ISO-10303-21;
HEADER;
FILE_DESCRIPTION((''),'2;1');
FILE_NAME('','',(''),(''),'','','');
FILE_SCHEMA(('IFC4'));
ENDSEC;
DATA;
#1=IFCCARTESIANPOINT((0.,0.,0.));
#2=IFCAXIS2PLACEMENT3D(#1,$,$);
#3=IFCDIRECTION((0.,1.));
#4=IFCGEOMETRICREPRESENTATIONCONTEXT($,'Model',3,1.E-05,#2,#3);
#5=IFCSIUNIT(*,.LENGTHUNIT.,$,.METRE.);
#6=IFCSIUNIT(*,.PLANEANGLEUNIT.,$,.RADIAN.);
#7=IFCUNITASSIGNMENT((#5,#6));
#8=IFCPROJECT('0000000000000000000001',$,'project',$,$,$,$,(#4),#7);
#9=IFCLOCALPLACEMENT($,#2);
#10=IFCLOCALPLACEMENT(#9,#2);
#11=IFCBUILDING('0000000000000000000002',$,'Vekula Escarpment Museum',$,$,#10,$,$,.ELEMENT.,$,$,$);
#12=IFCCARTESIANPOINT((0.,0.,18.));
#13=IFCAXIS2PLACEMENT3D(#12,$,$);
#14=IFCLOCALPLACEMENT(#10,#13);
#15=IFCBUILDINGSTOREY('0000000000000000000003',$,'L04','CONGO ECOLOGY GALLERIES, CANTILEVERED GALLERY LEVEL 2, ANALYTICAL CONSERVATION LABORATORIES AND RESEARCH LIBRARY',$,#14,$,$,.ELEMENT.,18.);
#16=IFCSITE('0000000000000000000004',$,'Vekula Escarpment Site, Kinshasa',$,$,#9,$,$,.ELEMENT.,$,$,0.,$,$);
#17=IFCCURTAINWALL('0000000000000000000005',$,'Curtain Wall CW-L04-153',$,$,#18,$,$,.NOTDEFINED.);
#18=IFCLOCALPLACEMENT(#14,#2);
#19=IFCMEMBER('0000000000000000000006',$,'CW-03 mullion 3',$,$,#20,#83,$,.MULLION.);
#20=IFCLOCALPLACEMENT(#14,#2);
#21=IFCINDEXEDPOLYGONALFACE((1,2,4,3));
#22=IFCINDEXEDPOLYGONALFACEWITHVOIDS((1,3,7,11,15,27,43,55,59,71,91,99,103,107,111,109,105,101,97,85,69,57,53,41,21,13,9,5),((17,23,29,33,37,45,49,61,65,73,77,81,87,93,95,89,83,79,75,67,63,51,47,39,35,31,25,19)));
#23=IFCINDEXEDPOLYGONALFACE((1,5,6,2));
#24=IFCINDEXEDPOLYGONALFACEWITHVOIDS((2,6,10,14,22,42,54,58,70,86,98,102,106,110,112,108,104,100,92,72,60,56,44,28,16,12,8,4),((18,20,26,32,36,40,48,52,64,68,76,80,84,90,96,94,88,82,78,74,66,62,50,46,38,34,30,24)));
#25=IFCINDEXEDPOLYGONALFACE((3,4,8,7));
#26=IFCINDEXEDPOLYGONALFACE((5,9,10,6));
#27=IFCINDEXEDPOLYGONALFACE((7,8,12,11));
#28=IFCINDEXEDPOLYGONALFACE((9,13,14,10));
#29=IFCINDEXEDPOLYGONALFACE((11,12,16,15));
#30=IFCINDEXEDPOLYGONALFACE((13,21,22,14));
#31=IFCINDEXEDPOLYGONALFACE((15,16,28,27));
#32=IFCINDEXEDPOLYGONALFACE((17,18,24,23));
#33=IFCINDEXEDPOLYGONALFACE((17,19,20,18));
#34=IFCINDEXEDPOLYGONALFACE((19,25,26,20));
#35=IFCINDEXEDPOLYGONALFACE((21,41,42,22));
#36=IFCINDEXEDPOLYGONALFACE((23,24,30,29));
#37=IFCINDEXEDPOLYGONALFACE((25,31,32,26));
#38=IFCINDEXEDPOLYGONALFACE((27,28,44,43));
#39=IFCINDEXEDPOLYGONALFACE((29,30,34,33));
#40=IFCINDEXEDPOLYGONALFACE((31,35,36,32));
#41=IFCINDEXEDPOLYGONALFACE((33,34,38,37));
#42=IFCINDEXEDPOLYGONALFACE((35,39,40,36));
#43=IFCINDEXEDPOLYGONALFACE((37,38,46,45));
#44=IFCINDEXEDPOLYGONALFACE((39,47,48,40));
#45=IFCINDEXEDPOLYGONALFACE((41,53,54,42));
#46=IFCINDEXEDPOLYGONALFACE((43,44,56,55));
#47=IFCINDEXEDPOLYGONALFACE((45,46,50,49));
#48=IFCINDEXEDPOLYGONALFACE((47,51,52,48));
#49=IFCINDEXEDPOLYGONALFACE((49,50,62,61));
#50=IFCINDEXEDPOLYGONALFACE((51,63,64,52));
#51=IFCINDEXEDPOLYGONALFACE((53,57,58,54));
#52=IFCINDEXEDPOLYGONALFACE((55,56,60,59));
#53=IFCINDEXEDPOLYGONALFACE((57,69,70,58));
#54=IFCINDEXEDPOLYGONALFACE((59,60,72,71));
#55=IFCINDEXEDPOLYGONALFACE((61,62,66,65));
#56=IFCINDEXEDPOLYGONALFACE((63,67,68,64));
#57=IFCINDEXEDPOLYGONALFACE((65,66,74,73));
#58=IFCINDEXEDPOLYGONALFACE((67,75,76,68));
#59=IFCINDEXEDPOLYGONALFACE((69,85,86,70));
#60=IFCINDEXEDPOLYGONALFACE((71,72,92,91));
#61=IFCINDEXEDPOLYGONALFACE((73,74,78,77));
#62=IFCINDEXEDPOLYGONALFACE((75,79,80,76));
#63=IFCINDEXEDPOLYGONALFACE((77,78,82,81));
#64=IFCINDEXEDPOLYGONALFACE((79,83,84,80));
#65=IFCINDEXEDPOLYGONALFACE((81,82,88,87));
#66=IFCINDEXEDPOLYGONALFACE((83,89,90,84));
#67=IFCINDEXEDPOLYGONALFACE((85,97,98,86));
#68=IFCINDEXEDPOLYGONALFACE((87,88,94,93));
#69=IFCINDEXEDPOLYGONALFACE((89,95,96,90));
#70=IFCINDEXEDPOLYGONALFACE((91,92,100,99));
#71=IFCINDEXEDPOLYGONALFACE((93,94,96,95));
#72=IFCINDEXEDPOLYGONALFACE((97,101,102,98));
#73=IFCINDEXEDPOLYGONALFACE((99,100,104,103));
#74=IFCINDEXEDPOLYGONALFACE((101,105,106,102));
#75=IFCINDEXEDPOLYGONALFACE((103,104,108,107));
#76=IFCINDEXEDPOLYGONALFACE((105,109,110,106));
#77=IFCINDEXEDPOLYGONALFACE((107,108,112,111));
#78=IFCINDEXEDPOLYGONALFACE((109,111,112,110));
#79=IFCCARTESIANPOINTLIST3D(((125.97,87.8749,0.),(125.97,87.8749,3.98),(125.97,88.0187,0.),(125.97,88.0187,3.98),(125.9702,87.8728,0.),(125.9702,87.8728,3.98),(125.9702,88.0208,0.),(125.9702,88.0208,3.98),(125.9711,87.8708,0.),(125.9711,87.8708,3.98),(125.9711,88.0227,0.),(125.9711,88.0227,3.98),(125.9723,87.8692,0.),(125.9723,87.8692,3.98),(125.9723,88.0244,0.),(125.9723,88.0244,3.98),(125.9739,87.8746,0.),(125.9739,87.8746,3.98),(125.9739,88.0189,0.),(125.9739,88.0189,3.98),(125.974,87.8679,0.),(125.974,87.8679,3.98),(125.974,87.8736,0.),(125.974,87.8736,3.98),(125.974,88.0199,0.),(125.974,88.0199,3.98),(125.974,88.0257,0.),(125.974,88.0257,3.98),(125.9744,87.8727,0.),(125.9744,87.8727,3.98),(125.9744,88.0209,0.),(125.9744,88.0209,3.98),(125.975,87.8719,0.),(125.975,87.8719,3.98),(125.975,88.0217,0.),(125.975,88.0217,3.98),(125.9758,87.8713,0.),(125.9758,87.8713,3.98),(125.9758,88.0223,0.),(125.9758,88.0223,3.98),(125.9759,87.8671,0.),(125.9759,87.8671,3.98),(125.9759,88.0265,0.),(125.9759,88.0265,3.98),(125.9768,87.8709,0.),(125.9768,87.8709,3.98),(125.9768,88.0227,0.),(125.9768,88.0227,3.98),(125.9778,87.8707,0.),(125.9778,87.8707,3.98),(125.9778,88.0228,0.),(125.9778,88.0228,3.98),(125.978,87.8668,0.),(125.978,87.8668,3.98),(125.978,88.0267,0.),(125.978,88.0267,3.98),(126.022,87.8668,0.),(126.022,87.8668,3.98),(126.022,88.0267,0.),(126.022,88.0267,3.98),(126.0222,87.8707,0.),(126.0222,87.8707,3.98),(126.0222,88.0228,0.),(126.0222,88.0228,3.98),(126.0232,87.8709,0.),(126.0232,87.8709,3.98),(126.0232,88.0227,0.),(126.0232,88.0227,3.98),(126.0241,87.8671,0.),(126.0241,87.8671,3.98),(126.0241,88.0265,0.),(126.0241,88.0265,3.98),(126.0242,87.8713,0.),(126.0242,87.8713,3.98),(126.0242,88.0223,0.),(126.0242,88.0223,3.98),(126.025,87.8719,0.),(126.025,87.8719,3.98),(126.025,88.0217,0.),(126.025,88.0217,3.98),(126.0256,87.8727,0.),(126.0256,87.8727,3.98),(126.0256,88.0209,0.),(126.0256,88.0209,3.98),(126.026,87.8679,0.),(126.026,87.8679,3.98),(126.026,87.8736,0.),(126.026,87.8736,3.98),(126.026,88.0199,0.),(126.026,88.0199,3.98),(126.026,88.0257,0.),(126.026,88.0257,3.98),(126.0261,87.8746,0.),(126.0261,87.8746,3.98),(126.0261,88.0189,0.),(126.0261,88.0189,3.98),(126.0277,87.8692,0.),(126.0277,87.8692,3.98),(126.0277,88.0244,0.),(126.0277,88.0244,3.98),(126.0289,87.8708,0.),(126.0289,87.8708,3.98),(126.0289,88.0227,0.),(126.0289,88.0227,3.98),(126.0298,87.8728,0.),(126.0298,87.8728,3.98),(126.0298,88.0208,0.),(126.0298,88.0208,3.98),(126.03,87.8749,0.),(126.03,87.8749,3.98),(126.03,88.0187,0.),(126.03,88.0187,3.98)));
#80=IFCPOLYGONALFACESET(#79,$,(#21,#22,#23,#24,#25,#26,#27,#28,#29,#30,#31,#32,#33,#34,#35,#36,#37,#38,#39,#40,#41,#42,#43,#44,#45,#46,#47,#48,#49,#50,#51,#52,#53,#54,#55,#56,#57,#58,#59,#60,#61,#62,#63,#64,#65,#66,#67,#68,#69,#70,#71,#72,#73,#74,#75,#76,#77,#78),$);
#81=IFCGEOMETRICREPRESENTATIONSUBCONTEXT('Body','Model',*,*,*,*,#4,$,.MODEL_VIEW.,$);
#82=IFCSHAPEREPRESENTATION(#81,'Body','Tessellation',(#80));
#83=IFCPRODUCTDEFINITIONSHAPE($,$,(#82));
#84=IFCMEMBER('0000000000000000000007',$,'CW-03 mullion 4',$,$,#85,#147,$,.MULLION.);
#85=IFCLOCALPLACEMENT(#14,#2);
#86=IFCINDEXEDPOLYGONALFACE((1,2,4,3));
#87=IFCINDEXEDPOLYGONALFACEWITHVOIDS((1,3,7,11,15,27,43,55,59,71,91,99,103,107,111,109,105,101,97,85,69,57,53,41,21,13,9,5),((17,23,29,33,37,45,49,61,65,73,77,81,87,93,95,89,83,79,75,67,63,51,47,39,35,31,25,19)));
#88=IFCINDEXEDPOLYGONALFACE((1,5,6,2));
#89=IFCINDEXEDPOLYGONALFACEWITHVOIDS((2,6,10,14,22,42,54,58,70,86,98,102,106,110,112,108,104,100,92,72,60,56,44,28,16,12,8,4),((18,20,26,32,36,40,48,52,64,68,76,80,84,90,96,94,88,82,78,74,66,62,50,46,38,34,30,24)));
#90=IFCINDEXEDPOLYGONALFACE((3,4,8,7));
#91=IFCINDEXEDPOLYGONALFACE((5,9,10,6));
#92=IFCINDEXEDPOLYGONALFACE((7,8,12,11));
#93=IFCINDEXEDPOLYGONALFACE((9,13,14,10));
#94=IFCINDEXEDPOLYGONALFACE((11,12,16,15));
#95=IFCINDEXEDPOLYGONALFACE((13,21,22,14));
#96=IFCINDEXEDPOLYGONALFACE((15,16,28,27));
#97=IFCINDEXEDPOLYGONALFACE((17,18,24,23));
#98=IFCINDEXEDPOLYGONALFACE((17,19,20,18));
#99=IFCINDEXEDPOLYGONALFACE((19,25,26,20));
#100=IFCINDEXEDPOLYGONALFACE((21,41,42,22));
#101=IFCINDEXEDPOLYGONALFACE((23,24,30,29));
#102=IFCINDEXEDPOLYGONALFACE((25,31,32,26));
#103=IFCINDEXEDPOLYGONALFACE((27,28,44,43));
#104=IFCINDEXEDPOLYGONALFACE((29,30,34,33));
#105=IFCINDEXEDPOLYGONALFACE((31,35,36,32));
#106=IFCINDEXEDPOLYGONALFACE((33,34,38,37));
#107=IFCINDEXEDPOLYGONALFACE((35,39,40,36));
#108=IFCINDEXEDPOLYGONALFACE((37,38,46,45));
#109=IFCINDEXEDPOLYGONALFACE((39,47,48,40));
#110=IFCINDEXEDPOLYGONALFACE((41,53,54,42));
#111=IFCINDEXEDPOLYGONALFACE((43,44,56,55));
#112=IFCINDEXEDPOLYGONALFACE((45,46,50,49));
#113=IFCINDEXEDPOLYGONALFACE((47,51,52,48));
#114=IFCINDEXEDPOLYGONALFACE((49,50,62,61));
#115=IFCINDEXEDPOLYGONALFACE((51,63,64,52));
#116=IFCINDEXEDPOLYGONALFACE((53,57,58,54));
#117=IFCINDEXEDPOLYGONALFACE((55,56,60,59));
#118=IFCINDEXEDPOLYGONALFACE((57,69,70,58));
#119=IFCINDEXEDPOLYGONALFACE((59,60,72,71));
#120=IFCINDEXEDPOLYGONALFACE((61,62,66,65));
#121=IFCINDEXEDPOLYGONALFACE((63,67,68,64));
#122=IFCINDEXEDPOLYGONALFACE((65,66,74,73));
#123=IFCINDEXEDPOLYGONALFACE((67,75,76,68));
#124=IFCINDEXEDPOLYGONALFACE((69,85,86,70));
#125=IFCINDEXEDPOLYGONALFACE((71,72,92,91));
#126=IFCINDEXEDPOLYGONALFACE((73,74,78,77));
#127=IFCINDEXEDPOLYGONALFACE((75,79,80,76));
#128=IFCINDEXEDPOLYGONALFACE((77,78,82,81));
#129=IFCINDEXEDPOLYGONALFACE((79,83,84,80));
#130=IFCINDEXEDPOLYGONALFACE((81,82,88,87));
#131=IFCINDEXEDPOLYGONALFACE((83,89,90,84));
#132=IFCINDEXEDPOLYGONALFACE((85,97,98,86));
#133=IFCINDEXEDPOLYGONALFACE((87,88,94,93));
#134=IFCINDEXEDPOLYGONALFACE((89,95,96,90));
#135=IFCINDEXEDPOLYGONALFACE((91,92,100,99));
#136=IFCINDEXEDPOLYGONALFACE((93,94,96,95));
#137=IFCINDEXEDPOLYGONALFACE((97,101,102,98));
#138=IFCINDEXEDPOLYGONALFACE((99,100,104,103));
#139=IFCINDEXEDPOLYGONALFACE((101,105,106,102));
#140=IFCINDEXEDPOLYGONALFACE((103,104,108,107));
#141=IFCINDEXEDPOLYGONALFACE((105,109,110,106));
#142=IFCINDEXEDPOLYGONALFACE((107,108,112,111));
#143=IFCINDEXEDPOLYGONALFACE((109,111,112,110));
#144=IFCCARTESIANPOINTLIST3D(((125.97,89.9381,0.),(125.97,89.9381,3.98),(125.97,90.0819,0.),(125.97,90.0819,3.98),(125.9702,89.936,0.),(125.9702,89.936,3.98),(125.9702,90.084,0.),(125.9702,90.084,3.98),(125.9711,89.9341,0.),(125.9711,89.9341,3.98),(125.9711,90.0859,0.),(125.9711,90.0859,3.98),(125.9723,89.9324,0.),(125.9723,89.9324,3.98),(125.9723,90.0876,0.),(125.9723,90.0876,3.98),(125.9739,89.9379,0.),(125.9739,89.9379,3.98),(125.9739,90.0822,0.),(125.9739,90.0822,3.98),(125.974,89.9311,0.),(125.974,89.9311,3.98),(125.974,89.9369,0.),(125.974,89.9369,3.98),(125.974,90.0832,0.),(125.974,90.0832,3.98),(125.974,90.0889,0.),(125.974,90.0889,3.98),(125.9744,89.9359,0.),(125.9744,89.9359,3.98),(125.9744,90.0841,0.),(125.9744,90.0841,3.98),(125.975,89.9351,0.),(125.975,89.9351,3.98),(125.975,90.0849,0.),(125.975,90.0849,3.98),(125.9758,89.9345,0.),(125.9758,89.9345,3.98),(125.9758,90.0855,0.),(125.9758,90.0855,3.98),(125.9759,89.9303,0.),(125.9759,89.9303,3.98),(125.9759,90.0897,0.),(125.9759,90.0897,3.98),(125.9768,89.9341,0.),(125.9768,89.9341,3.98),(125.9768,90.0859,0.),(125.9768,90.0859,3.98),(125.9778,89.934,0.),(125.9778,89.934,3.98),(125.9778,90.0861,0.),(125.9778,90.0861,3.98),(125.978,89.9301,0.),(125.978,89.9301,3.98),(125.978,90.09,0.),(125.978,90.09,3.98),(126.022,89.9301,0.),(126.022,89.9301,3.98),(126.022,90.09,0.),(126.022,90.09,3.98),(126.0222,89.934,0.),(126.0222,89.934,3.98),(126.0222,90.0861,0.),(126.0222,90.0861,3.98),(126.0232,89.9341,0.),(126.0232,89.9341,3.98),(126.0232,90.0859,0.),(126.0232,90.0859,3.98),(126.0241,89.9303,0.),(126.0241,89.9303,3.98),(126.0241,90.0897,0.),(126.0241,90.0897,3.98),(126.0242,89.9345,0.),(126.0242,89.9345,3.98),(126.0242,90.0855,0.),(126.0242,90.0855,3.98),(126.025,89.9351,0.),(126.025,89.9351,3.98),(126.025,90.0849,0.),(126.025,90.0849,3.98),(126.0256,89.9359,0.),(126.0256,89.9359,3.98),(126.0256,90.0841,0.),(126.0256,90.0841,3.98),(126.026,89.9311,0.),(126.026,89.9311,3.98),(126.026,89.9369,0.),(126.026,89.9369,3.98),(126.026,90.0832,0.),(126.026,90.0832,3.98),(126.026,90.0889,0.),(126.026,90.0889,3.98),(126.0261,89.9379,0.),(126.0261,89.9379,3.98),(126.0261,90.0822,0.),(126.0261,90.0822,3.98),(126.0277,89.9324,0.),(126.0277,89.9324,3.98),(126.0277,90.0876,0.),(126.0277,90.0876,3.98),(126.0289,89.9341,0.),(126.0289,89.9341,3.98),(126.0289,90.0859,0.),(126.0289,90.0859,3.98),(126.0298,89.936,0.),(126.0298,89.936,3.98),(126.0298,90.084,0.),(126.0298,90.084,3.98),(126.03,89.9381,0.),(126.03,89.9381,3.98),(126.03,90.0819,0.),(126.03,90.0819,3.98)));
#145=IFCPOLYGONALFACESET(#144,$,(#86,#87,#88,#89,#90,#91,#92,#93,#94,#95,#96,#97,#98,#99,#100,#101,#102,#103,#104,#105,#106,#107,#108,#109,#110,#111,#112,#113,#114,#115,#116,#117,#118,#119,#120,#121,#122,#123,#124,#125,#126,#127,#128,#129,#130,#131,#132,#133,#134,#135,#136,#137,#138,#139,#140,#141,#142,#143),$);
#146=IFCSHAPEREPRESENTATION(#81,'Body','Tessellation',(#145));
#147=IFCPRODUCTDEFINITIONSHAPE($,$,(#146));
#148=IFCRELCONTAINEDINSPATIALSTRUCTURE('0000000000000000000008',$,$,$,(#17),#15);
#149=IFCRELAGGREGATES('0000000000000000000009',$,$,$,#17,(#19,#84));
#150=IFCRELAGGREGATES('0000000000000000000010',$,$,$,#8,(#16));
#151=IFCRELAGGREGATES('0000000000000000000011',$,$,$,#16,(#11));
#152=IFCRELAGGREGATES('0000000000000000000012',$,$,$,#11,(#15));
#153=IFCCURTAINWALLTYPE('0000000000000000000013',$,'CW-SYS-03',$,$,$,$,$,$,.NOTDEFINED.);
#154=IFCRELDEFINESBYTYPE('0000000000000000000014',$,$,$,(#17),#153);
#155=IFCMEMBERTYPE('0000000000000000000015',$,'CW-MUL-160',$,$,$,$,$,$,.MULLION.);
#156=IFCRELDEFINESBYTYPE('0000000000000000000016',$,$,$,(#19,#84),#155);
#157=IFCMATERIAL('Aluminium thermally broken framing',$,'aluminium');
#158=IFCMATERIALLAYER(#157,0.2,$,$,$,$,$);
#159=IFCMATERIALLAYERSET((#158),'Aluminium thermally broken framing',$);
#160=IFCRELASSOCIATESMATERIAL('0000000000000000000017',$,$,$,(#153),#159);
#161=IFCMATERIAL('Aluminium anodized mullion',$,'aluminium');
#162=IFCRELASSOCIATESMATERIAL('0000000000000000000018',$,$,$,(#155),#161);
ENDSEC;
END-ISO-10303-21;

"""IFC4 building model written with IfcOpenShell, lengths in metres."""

from ifc_helpers import new_model, si_unit, direction, frame, origin, origin_2d, place, context, subcontext, project, spatial, hollow_rectangle, extrude, material, layer, layer_set, material_profile, profile_set, type_object, element, aggregate, save


model = new_model("IFC4")

# Units and contexts
model_context = context("Model", 3, precision=1e-05, world=origin(), true_north=direction((0.0, 1.0)))
body_context = subcontext(model_context, "Body", "Model", "MODEL_VIEW")
ifc_project = project(units=[si_unit("LENGTHUNIT", "METRE"), si_unit("PLANEANGLEUNIT", "RADIAN")], contexts=[model_context])

# Site, building, storey
site_placement = place(None, origin())
site = spatial("IfcSite", under=ifc_project, at=site_placement, Name="Vekula Escarpment Site, Kinshasa", CompositionType="ELEMENT", RefElevation=0.0)
building_placement = place(site_placement, origin())
building = spatial("IfcBuilding", under=site, at=building_placement, Name="Vekula Escarpment Museum", CompositionType="ELEMENT")
storey_placement = place(building_placement, frame((0.0, 0.0, 18.0)))
storey = spatial("IfcBuildingStorey", under=building, at=storey_placement, Name="L04", Description="CONGO ECOLOGY GALLERIES, CANTILEVERED GALLERY LEVEL 2, ANALYTICAL CONSERVATION LABORATORIES AND RESEARCH LIBRARY", CompositionType="ELEMENT", Elevation=18.0)

# Curtain wall, members
ifc_material_1 = material(Name="Aluminium thermally broken framing", Category="aluminium")
ifc_layer_1 = layer(ifc_material_1, 0.2)
ifc_layer_set_1 = layer_set([ifc_layer_1], Name="Aluminium thermally broken framing")
curtain_wall_type_1 = type_object("IfcCurtainWallType", Name="CW-SYS-03", PredefinedType="NOTDEFINED", material=ifc_layer_set_1)
curtain_wall_1_placement = place(storey_placement, origin())
curtain_wall_1 = element("IfcCurtainWall", 1, at=curtain_wall_1_placement, inside=storey, type_object=curtain_wall_type_1, Name="Curtain Wall CW-L04-153", PredefinedType="NOTDEFINED")
ifc_material_2 = material(Name="Aluminium anodized mullion", Category="aluminium")
ifc_material_profile_1 = material_profile(ifc_material_2, hollow_rectangle(XDim=0.0601, YDim=0.1599, WallThickness=0.0039, InnerFilletRadius=0.0039, OuterFilletRadius=0.0081, at=origin_2d()), Name="ALU 160x60x4")
ifc_profile_set_1 = profile_set([ifc_material_profile_1], Name="Aluminium anodized mullion")
member_type_1 = type_object("IfcMemberType", Name="CW-MUL-160", PredefinedType="MULLION", material=ifc_profile_set_1)
member_1_placement = place(storey_placement, frame((126.0, 87.9468, 0.0), z_axis=(0.0, 0.0, 1.0), x_axis=(-1.0, 0.0, 0.0)))
member_1 = element("IfcMember", 2, at=member_1_placement, type_object=member_type_1, Name="CW-03 mullion 3", PredefinedType="MULLION", context=body_context, shape_type="SweptSolid", body=[
    extrude(hollow_rectangle(XDim=0.0601, YDim=0.1599, WallThickness=0.0039, InnerFilletRadius=0.0039, OuterFilletRadius=0.0081, at=origin_2d()), origin(), (0.0, 0.0, 1.0), 3.98),
])
member_2_placement = place(storey_placement, frame((126.0, 90.01, 0.0), z_axis=(0.0, 0.0, 1.0), x_axis=(-1.0, 0.0, 0.0)))
member_2 = element("IfcMember", 3, at=member_2_placement, type_object=member_type_1, Name="CW-03 mullion 4", PredefinedType="MULLION", context=body_context, shape_type="SweptSolid", body=[
    extrude(hollow_rectangle(XDim=0.0601, YDim=0.1599, WallThickness=0.0039, InnerFilletRadius=0.0039, OuterFilletRadius=0.0081, at=origin_2d()), origin(), (0.0, 0.0, 1.0), 3.98),
])

aggregate(curtain_wall_1, [member_1, member_2])

save(model, "model.ifc")
